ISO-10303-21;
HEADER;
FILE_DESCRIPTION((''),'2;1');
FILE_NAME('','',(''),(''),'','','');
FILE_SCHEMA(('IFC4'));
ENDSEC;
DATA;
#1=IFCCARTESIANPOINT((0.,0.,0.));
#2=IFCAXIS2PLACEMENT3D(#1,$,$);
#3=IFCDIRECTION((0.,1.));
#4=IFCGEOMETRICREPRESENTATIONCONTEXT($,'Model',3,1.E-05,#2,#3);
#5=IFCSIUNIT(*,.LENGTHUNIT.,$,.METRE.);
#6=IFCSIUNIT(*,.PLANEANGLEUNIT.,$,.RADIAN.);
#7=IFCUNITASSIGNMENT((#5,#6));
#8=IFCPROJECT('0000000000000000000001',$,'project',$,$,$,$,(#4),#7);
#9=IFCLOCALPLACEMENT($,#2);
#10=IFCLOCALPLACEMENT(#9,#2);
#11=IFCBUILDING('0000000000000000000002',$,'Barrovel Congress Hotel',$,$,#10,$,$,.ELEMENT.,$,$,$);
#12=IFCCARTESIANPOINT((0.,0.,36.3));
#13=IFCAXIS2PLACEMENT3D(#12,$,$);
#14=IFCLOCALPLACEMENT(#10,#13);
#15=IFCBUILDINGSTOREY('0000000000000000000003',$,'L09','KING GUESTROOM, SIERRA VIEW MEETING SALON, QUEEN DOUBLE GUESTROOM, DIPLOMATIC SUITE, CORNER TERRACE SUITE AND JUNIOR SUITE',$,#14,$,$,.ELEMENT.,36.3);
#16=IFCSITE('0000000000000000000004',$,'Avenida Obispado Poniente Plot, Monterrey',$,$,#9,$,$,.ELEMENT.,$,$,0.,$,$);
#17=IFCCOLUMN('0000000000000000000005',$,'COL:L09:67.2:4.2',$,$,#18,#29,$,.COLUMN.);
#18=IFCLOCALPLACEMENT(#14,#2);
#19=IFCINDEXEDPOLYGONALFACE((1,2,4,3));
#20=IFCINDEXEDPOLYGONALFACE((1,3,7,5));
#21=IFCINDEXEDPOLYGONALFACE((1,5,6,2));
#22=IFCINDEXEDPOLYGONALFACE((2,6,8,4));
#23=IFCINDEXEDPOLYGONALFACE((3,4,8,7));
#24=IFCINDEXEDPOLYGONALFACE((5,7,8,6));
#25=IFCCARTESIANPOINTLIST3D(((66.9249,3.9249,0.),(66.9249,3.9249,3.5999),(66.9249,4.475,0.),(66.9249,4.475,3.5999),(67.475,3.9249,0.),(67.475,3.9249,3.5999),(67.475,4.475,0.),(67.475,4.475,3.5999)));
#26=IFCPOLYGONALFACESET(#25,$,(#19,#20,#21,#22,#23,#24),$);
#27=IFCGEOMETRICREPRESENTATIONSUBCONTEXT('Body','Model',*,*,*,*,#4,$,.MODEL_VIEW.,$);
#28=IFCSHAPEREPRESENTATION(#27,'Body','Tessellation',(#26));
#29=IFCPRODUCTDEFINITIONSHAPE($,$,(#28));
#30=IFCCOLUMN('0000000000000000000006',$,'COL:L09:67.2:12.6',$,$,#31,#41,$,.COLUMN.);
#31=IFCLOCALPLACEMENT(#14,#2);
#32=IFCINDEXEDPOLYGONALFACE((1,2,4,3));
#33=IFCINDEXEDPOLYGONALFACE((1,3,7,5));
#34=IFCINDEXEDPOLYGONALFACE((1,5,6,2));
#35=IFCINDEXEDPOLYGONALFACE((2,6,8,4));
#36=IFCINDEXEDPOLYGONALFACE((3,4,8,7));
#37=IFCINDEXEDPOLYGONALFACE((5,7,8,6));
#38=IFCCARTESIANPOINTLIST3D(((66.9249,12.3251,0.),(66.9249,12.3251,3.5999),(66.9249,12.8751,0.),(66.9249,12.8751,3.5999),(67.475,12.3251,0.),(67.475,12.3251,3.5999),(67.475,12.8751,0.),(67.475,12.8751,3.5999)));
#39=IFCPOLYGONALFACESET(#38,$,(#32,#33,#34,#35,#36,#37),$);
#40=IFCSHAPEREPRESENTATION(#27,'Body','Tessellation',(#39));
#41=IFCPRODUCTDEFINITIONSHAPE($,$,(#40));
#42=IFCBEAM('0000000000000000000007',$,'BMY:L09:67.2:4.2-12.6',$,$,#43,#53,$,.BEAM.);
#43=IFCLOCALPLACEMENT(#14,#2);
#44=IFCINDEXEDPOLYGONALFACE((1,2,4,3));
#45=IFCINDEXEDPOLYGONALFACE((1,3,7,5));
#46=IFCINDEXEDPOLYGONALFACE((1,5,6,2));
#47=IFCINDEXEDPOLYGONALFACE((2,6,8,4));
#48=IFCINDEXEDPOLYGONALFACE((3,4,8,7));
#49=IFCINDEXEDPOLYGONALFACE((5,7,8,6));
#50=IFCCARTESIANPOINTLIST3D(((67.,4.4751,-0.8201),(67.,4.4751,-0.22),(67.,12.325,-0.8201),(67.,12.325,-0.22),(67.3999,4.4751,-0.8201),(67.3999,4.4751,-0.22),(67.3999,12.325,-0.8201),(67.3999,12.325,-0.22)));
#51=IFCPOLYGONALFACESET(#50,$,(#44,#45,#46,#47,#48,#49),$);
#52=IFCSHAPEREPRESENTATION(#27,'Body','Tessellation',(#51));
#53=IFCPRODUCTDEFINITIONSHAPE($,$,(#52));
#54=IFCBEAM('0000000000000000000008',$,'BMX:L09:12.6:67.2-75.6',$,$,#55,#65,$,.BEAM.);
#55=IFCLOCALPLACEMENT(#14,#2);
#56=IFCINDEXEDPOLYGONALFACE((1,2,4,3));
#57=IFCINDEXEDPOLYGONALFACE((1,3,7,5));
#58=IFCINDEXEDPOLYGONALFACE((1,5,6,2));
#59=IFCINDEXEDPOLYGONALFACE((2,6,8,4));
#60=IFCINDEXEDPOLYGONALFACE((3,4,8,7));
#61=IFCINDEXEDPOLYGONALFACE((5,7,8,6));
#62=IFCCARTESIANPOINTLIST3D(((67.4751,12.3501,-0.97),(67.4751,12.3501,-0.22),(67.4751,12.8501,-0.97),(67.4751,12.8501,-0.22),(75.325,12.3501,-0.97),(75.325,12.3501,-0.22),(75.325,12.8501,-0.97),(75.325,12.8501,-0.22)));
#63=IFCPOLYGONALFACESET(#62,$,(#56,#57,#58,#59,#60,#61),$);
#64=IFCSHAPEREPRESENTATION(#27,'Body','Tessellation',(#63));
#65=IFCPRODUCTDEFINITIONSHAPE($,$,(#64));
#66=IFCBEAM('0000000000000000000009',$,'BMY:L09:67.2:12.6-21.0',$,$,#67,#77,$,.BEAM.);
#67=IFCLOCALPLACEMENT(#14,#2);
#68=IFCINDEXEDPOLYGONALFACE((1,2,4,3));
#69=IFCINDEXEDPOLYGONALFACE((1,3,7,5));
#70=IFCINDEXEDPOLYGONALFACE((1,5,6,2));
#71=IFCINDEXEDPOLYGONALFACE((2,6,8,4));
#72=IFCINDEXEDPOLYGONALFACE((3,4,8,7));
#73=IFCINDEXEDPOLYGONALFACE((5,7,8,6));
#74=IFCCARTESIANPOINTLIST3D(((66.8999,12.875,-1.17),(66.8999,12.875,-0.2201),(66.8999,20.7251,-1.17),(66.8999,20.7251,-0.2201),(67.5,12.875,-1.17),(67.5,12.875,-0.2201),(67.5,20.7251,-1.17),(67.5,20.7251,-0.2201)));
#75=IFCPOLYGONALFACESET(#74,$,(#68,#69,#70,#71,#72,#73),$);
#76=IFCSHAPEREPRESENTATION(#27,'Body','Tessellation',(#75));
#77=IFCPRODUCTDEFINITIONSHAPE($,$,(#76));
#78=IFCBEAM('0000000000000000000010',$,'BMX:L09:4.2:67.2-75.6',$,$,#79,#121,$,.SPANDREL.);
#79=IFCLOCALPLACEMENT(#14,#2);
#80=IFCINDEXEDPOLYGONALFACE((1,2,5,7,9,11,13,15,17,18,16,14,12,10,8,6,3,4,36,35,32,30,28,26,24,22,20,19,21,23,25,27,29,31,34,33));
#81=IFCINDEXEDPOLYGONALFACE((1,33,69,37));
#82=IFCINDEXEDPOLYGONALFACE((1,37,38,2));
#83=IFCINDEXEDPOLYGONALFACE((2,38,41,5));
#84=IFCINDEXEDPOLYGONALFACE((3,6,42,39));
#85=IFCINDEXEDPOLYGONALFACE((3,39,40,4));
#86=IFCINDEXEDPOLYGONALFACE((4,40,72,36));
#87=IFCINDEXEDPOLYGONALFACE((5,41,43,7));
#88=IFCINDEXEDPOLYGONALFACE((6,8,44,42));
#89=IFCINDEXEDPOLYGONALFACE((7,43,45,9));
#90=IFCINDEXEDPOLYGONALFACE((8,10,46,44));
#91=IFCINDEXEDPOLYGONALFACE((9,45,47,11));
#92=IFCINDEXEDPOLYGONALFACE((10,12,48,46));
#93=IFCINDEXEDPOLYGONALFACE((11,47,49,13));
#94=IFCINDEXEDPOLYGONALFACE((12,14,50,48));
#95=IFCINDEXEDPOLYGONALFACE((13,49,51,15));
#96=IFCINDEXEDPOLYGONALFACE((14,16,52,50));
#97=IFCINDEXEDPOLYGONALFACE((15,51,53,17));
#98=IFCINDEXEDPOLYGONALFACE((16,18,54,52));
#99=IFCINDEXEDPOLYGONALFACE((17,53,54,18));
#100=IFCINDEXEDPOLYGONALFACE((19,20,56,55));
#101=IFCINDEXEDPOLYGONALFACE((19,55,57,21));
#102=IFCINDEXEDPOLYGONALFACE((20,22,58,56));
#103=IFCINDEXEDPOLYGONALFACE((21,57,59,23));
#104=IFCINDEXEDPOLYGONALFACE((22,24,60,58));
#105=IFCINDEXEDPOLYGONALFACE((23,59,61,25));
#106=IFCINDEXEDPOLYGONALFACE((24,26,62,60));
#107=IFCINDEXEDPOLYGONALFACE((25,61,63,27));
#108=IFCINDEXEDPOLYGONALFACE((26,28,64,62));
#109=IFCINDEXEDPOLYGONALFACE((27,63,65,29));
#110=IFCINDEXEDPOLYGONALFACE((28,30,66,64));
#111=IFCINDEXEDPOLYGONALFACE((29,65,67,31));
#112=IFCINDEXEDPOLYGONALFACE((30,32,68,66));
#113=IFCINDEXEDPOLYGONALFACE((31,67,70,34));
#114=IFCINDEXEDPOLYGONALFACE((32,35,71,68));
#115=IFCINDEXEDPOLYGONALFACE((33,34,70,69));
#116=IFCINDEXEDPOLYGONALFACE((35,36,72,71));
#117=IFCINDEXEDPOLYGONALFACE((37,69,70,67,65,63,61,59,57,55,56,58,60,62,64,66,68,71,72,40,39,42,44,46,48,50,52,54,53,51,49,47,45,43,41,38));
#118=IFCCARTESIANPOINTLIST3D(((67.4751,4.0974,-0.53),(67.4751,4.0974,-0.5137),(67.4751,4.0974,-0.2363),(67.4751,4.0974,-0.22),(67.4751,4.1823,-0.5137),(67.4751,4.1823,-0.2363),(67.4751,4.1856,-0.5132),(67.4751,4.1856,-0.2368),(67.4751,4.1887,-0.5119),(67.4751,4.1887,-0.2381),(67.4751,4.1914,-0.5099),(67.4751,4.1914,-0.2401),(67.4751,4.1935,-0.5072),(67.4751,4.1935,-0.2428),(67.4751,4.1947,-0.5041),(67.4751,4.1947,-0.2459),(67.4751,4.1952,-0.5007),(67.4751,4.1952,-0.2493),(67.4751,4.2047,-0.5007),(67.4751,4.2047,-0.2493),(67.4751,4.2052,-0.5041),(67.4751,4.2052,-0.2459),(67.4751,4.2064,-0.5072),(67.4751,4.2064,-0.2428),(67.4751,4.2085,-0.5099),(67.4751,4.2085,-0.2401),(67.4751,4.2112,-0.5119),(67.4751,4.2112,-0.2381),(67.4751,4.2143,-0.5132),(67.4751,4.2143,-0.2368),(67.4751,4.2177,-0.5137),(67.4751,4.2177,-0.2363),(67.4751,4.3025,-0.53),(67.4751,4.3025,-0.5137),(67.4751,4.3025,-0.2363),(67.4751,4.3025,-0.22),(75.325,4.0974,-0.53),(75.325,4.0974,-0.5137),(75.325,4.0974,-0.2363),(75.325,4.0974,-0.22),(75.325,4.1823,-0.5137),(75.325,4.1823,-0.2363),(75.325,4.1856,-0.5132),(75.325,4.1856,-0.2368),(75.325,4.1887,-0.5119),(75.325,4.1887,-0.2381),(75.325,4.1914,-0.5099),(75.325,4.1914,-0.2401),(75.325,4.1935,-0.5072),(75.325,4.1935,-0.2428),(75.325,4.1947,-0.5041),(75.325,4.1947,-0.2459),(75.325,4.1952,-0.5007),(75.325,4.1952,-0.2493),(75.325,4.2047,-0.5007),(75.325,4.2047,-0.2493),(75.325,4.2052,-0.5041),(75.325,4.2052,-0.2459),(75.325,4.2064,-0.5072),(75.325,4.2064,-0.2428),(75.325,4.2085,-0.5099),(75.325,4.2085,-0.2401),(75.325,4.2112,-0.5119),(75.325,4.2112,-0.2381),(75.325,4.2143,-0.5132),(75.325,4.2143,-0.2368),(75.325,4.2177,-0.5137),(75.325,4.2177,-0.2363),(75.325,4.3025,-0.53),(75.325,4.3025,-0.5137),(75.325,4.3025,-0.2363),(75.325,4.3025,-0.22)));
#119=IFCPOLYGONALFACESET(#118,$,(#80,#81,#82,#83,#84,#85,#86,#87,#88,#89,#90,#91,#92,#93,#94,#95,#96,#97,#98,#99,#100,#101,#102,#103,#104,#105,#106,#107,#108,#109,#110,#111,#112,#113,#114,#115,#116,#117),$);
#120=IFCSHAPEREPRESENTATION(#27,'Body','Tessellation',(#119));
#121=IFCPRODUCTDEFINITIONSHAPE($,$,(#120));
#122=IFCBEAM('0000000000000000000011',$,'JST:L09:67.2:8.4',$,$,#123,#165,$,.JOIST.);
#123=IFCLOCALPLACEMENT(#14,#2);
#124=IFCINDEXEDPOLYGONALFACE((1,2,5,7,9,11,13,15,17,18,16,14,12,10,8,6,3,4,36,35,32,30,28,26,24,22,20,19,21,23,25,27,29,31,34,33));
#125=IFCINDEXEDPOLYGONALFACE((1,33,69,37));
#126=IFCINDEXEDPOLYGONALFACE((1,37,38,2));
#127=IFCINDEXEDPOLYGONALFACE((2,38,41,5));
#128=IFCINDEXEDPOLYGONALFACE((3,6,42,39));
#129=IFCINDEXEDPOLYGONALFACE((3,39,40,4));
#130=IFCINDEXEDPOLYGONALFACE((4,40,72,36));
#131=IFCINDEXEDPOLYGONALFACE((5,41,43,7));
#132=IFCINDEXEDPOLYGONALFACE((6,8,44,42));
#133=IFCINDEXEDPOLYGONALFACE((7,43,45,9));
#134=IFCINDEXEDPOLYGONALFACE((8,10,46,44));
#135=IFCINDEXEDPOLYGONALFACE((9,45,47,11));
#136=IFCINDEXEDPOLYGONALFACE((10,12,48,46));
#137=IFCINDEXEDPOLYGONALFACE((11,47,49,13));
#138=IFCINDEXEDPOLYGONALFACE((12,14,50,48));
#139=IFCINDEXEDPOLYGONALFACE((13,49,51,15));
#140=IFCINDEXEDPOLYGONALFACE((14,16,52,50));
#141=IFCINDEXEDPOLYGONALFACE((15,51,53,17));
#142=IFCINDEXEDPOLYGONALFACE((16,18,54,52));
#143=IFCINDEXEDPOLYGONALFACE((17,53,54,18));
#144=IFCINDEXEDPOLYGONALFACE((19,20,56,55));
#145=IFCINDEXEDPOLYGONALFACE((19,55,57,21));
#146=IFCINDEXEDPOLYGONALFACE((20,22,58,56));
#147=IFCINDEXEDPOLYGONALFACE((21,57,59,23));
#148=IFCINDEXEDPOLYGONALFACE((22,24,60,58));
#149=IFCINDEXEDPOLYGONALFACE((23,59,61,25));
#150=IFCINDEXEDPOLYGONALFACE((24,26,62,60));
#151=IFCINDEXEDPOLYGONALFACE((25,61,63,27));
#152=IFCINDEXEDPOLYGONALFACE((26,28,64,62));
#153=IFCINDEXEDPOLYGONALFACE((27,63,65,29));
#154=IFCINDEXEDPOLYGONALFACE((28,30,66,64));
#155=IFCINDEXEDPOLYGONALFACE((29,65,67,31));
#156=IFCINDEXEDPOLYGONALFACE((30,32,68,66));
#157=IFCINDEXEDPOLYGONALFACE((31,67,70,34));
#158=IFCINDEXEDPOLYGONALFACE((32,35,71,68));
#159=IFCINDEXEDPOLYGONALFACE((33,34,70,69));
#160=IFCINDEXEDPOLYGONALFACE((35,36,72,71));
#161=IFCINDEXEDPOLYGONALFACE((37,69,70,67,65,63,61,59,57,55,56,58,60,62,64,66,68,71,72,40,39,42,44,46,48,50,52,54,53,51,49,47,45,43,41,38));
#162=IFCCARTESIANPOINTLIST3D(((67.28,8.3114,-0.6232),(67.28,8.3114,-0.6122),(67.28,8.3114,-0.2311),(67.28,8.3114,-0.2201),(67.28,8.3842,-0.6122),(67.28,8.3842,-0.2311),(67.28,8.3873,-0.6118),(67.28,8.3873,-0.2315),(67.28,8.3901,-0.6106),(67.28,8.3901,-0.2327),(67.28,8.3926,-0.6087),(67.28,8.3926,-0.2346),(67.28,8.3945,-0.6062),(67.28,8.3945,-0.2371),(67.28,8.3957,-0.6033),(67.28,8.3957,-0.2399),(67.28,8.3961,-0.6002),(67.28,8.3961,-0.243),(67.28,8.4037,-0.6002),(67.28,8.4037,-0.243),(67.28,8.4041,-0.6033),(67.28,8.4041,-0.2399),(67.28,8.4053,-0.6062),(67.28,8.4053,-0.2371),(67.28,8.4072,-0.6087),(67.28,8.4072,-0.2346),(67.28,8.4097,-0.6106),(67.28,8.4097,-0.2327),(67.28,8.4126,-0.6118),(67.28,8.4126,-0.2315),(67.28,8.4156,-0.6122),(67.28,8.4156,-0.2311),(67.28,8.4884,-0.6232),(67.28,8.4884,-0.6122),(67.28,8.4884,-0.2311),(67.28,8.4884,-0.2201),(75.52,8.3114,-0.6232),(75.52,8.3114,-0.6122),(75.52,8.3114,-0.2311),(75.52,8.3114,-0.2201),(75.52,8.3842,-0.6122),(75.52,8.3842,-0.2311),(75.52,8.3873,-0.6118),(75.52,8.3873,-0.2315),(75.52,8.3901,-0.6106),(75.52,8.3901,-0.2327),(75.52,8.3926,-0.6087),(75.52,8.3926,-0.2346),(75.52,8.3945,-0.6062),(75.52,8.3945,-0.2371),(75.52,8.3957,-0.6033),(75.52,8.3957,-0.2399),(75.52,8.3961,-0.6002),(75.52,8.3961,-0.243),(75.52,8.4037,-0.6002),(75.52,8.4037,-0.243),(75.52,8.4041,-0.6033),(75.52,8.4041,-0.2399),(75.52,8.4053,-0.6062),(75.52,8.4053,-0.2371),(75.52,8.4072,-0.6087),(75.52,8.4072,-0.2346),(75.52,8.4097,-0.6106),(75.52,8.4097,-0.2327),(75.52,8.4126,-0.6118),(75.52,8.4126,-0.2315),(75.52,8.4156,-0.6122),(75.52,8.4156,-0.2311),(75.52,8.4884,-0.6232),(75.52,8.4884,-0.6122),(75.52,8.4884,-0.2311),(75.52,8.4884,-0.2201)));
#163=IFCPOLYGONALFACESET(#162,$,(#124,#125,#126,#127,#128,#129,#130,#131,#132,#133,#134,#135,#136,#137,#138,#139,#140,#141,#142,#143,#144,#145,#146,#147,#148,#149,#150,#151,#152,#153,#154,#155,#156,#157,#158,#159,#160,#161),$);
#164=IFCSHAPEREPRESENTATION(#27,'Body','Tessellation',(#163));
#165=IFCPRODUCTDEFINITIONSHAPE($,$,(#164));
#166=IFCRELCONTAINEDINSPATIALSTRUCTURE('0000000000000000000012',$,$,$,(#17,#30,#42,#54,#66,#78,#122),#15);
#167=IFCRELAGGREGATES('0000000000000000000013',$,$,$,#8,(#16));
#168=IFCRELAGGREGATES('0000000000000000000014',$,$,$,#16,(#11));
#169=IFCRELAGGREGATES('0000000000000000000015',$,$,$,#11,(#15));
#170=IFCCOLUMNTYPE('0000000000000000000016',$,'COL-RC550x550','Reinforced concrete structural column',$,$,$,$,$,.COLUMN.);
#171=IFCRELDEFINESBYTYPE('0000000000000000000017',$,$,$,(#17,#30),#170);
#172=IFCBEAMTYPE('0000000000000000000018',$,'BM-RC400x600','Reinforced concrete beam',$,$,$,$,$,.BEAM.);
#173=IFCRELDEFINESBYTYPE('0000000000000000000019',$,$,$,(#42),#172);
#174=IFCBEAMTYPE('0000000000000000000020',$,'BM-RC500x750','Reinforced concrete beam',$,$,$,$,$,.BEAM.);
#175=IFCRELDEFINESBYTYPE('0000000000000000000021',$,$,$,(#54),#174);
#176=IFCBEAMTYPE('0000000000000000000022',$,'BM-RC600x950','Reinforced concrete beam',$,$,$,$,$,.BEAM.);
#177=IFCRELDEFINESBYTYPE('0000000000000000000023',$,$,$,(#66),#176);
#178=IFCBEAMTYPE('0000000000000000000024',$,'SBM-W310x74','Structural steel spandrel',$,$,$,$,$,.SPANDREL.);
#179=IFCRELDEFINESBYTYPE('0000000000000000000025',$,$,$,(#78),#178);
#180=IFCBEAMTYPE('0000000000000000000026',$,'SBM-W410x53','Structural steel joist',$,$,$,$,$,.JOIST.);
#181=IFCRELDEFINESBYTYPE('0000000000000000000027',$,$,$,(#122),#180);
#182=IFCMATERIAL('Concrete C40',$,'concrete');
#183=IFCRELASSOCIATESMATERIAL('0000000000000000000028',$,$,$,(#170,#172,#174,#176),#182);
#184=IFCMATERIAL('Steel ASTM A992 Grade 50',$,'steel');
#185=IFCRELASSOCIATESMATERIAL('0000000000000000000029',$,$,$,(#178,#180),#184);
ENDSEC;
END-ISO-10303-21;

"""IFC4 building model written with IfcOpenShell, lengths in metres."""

from ifc_helpers import new_model, si_unit, direction, frame, origin, origin_2d, place, context, subcontext, project, spatial, rectangle, i_section, extrude, material, material_profile, profile_set, type_object, element, save


model = new_model("IFC4")

# Units and contexts
model_context = context("Model", 3, precision=1e-05, world=origin(), true_north=direction((0.0, 1.0)))
body_context = subcontext(model_context, "Body", "Model", "MODEL_VIEW")
ifc_project = project(units=[si_unit("LENGTHUNIT", "METRE"), si_unit("PLANEANGLEUNIT", "RADIAN")], contexts=[model_context])

# Site, building, storey
site_placement = place(None, origin())
site = spatial("IfcSite", under=ifc_project, at=site_placement, Name="Avenida Obispado Poniente Plot, Monterrey", CompositionType="ELEMENT", RefElevation=0.0)
building_placement = place(site_placement, origin())
building = spatial("IfcBuilding", under=site, at=building_placement, Name="Barrovel Congress Hotel", CompositionType="ELEMENT")
storey_placement = place(building_placement, frame((0.0, 0.0, 36.3)))
storey = spatial("IfcBuildingStorey", under=building, at=storey_placement, Name="L09", Description="KING GUESTROOM, SIERRA VIEW MEETING SALON, QUEEN DOUBLE GUESTROOM, DIPLOMATIC SUITE, CORNER TERRACE SUITE AND JUNIOR SUITE", CompositionType="ELEMENT", Elevation=36.3)

# Columns
ifc_material_1 = material(Name="Concrete C40", Category="concrete")
ifc_material_profile_1 = material_profile(ifc_material_1, rectangle(XDim=0.55, YDim=0.55, at=origin_2d()), Name="RC550x550")
ifc_profile_set_1 = profile_set([ifc_material_profile_1], Name="Concrete C40")
column_type = type_object("IfcColumnType", Name="COL-RC550x550", Description="Reinforced concrete structural column", PredefinedType="COLUMN", material=ifc_profile_set_1)
for number, where, z_axis, x_axis, name in (
    (1, (67.2, 4.2, 0.0), (0.0, 0.0, 1.0), (1.0, 0.0, 0.0), "COL:L09:67.2:4.2"),
    (2, (67.2, 12.6001, 0.0), (0.0, 0.0, 1.0), (1.0, 0.0, 0.0), "COL:L09:67.2:12.6"),
):
    element("IfcColumn", number, at=place(storey_placement, frame(where, z_axis=z_axis, x_axis=x_axis)), inside=storey, type_object=column_type, Name=name, PredefinedType="COLUMN", context=body_context, shape_type="SweptSolid", body=[
        extrude(rectangle(XDim=0.55, YDim=0.55, at=origin_2d()), origin(), (0.0, 0.0, 1.0), 3.5999),
    ])

# Beams
ifc_material_profile_2 = material_profile(ifc_material_1, rectangle(XDim=0.3999, YDim=0.6001, at=origin_2d()), Name="RC400x600")
ifc_profile_set_2 = profile_set([ifc_material_profile_2], Name="Concrete C40")
beam_type_1 = type_object("IfcBeamType", Name="BM-RC400x600", Description="Reinforced concrete beam", PredefinedType="BEAM", material=ifc_profile_set_2)
beam_1_placement = place(storey_placement, frame((67.2, 4.4751, -0.52), z_axis=(0.0, 1.0, 0.0), x_axis=(-1.0, 0.0, 0.0)))
element("IfcBeam", 3, at=beam_1_placement, inside=storey, type_object=beam_type_1, Name="BMY:L09:67.2:4.2-12.6", PredefinedType="BEAM", context=body_context, shape_type="SweptSolid", body=[
    extrude(rectangle(XDim=0.3999, YDim=0.6001, at=origin_2d()), origin(), (0.0, 0.0, 1.0), 7.8499),
])
ifc_material_profile_3 = material_profile(ifc_material_1, rectangle(XDim=0.5, YDim=0.75, at=origin_2d()), Name="RC500x750")
ifc_profile_set_3 = profile_set([ifc_material_profile_3], Name="Concrete C40")
beam_type_2 = type_object("IfcBeamType", Name="BM-RC500x750", Description="Reinforced concrete beam", PredefinedType="BEAM", material=ifc_profile_set_3)
beam_2_placement = place(storey_placement, frame((67.4751, 12.6001, -0.595), z_axis=(1.0, 0.0, 0.0), x_axis=(0.0, 1.0, 0.0)))
element("IfcBeam", 4, at=beam_2_placement, inside=storey, type_object=beam_type_2, Name="BMX:L09:12.6:67.2-75.6", PredefinedType="BEAM", context=body_context, shape_type="SweptSolid", body=[
    extrude(rectangle(XDim=0.5, YDim=0.75, at=origin_2d()), origin(), (0.0, 0.0, 1.0), 7.8499),
])
ifc_material_profile_4 = material_profile(ifc_material_1, rectangle(XDim=0.6001, YDim=0.95, at=origin_2d()), Name="RC600x950")
ifc_profile_set_4 = profile_set([ifc_material_profile_4], Name="Concrete C40")
beam_type_3 = type_object("IfcBeamType", Name="BM-RC600x950", Description="Reinforced concrete beam", PredefinedType="BEAM", material=ifc_profile_set_4)
beam_3_placement = place(storey_placement, frame((67.2, 12.875, -0.6951), z_axis=(0.0, 1.0, 0.0), x_axis=(-1.0, 0.0, 0.0)))
element("IfcBeam", 5, at=beam_3_placement, inside=storey, type_object=beam_type_3, Name="BMY:L09:67.2:12.6-21.0", PredefinedType="BEAM", context=body_context, shape_type="SweptSolid", body=[
    extrude(rectangle(XDim=0.6001, YDim=0.95, at=origin_2d()), origin(), (0.0, 0.0, 1.0), 7.8501),
])
ifc_material_2 = material(Name="Steel ASTM A992 Grade 50", Category="steel")
ifc_material_profile_5 = material_profile(ifc_material_2, i_section(OverallWidth=0.2051, OverallDepth=0.3101, WebThickness=0.0095, FlangeThickness=0.0164, FilletRadius=0.0129, at=origin_2d()), Name="W310x74")
ifc_profile_set_5 = profile_set([ifc_material_profile_5], Name="Steel ASTM A992 Grade 50")
beam_type_4 = type_object("IfcBeamType", Name="SBM-W310x74", Description="Structural steel spandrel", PredefinedType="SPANDREL", material=ifc_profile_set_5)
beam_4_placement = place(storey_placement, frame((67.4751, 4.2, -0.375), z_axis=(1.0, 0.0, 0.0), x_axis=(0.0, 1.0, 0.0)))
element("IfcBeam", 6, at=beam_4_placement, inside=storey, type_object=beam_type_4, Name="BMX:L09:4.2:67.2-75.6", PredefinedType="SPANDREL", context=body_context, shape_type="SweptSolid", body=[
    extrude(i_section(OverallWidth=0.2051, OverallDepth=0.3101, WebThickness=0.0095, FlangeThickness=0.0164, FilletRadius=0.0129, at=origin_2d()), origin(), (0.0, 0.0, 1.0), 7.8499),
])
ifc_material_profile_6 = material_profile(ifc_material_2, i_section(OverallWidth=0.177, OverallDepth=0.4031, WebThickness=0.0076, FlangeThickness=0.011, FilletRadius=0.012, at=origin_2d()), Name="W410x53")
ifc_profile_set_6 = profile_set([ifc_material_profile_6], Name="Steel ASTM A992 Grade 50")
beam_type_5 = type_object("IfcBeamType", Name="SBM-W410x53", Description="Structural steel joist", PredefinedType="JOIST", material=ifc_profile_set_6)
beam_5_placement = place(storey_placement, frame((67.28, 8.3999, -0.4216), z_axis=(1.0, 0.0, 0.0), x_axis=(0.0, 1.0, 0.0)))
element("IfcBeam", 7, at=beam_5_placement, inside=storey, type_object=beam_type_5, Name="JST:L09:67.2:8.4", PredefinedType="JOIST", context=body_context, shape_type="SweptSolid", body=[
    extrude(i_section(OverallWidth=0.177, OverallDepth=0.4031, WebThickness=0.0076, FlangeThickness=0.011, FilletRadius=0.012, at=origin_2d()), origin(), (0.0, 0.0, 1.0), 8.24),
])

save(model, "model.ifc")
